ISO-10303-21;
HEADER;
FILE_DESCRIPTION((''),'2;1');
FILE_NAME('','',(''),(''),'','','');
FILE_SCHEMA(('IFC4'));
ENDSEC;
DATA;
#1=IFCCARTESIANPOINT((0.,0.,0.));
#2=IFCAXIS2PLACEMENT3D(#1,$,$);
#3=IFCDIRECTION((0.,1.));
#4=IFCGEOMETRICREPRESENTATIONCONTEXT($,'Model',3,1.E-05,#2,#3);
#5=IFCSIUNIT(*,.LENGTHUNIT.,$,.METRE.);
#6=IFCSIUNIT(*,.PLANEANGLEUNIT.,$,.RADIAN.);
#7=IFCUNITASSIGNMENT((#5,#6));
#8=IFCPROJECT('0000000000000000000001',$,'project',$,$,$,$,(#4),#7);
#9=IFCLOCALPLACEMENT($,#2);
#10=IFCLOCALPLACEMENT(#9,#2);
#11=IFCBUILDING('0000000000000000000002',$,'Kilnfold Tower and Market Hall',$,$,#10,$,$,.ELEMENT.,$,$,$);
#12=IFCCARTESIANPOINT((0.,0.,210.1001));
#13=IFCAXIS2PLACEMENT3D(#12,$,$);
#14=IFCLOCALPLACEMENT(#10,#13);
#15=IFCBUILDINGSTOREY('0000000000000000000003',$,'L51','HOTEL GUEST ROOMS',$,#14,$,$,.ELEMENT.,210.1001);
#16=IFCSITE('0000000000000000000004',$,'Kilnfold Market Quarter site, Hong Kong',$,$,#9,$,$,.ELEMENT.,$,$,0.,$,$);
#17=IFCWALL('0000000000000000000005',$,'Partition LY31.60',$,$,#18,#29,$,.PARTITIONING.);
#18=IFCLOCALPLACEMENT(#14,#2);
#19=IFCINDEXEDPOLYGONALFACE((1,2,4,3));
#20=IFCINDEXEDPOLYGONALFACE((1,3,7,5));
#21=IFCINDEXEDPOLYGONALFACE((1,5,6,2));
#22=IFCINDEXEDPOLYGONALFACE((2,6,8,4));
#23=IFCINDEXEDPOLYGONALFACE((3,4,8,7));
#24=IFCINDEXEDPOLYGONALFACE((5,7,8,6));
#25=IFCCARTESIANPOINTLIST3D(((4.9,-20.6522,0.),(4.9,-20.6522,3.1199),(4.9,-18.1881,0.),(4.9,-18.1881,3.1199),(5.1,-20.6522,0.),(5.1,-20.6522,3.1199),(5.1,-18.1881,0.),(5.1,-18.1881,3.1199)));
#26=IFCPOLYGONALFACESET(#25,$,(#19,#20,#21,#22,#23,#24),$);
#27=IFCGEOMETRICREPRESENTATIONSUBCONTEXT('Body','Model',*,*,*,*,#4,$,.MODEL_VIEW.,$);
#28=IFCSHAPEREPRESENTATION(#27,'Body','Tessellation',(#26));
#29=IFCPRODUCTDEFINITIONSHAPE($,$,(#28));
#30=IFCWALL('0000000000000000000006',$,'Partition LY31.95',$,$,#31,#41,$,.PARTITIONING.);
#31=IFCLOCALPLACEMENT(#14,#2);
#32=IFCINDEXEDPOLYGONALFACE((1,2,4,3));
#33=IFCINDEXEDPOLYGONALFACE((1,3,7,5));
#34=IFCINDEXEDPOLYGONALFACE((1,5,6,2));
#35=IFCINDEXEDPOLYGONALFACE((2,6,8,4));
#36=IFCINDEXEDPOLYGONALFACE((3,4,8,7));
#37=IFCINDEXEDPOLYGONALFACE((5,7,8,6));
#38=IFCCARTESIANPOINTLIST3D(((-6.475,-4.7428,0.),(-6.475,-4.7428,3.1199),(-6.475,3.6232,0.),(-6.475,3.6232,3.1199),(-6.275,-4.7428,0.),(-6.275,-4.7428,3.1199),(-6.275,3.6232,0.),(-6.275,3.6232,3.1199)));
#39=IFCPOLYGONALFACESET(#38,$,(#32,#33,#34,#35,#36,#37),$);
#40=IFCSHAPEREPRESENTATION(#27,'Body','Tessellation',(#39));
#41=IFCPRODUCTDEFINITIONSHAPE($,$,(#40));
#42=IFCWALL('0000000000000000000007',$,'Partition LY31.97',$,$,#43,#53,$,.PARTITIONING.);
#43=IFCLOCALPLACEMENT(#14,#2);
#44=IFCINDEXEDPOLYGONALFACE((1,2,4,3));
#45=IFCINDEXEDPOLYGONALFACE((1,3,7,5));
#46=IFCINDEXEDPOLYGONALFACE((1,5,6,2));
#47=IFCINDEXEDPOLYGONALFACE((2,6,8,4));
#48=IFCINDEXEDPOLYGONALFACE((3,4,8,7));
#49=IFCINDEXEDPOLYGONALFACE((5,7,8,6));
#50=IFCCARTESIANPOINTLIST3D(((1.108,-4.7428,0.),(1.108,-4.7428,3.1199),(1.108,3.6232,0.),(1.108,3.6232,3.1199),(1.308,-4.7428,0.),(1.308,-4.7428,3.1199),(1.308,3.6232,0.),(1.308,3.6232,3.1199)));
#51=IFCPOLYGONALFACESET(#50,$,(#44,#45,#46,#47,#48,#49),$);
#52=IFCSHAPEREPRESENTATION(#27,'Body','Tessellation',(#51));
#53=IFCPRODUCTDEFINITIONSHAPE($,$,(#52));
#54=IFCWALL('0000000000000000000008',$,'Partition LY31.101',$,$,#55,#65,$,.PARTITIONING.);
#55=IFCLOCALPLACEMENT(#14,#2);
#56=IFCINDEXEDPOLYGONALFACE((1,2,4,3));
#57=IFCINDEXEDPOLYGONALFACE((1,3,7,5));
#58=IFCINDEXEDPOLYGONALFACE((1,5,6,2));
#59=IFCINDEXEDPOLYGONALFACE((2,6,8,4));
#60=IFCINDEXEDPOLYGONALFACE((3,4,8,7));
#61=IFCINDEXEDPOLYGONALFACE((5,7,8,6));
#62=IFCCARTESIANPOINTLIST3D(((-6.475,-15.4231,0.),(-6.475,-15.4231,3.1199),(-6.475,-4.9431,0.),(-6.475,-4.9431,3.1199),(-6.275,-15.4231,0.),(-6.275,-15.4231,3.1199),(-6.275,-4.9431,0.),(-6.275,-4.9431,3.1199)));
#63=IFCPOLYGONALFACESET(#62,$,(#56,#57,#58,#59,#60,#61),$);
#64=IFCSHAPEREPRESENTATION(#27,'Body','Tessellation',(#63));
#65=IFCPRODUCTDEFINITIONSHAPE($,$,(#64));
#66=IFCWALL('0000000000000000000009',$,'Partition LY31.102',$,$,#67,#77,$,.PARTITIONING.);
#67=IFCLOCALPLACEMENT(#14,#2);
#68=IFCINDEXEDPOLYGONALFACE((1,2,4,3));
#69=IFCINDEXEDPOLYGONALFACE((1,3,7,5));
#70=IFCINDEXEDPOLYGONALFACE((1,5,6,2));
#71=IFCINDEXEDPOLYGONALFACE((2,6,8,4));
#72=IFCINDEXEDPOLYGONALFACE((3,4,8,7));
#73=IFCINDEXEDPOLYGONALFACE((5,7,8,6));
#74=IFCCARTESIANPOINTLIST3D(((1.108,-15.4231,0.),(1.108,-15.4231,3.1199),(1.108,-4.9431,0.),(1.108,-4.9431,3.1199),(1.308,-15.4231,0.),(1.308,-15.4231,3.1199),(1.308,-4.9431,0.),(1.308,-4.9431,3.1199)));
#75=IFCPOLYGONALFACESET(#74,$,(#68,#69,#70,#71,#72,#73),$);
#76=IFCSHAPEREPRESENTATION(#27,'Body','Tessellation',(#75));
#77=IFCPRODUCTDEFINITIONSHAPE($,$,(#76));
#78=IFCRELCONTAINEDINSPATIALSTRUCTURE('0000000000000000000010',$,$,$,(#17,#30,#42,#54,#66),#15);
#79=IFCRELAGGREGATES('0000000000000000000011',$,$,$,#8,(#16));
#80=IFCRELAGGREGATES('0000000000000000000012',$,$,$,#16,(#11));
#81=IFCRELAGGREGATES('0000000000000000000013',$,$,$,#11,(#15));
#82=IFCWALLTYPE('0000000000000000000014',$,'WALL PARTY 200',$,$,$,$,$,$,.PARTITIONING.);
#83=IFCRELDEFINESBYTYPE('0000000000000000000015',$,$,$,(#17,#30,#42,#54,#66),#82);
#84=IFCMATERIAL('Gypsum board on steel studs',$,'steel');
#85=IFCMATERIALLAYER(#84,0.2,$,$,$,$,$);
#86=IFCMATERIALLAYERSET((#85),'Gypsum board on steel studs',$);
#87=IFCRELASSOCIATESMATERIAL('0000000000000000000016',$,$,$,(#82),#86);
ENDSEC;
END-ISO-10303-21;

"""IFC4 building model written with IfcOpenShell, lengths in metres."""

from ifc_helpers import new_model, si_unit, direction, frame, frame_2d, origin, place, context, subcontext, project, spatial, rectangle, extrude, material, layer, layer_set, type_object, element, save


model = new_model("IFC4")

# Units and contexts
model_context = context("Model", 3, precision=1e-05, world=origin(), true_north=direction((0.0, 1.0)))
body_context = subcontext(model_context, "Body", "Model", "MODEL_VIEW")
ifc_project = project(units=[si_unit("LENGTHUNIT", "METRE"), si_unit("PLANEANGLEUNIT", "RADIAN")], contexts=[model_context])

# Site, building, storey
site_placement = place(None, origin())
site = spatial("IfcSite", under=ifc_project, at=site_placement, Name="Kilnfold Market Quarter site, Hong Kong", CompositionType="ELEMENT", RefElevation=0.0)
building_placement = place(site_placement, origin())
building = spatial("IfcBuilding", under=site, at=building_placement, Name="Kilnfold Tower and Market Hall", CompositionType="ELEMENT")
storey_placement = place(building_placement, frame((0.0, 0.0, 210.1001)))
storey = spatial("IfcBuildingStorey", under=building, at=storey_placement, Name="L51", Description="HOTEL GUEST ROOMS", CompositionType="ELEMENT", Elevation=210.1001)

# Walls
ifc_material_1 = material(Name="Gypsum board on steel studs", Category="steel")
ifc_layer_1 = layer(ifc_material_1, 0.2)
ifc_layer_set_1 = layer_set([ifc_layer_1], Name="Gypsum board on steel studs")
wall_type_1 = type_object("IfcWallType", Name="WALL PARTY 200", PredefinedType="PARTITIONING", material=ifc_layer_set_1)
wall_1_placement = place(storey_placement, frame((5.0, -20.6521, 0.0), z_axis=(0.0, 0.0, 1.0), x_axis=(0.0, 1.0, 0.0)))
element("IfcWall", 1, at=wall_1_placement, inside=storey, type_object=wall_type_1, Name="Partition LY31.60", PredefinedType="PARTITIONING", context=body_context, shape_type="SweptSolid", body=[
    extrude(rectangle(XDim=2.4641, YDim=0.2, at=frame_2d((1.2319, 0.0))), origin(), (0.0, 0.0, 1.0), 3.1199),
])
for number, where, z_axis, x_axis, name in (
    (2, (-6.375, -4.7429, 0.0), (0.0, 0.0, 1.0), (0.0, 1.0, 0.0), "Partition LY31.95"),
    (3, (1.208, -4.7429, 0.0), (0.0, 0.0, 1.0), (0.0, 1.0, 0.0), "Partition LY31.97"),
):
    element("IfcWall", number, at=place(storey_placement, frame(where, z_axis=z_axis, x_axis=x_axis)), inside=storey, type_object=wall_type_1, Name=name, PredefinedType="PARTITIONING", context=body_context, shape_type="SweptSolid", body=[
        extrude(rectangle(XDim=8.366, YDim=0.2, at=frame_2d((4.1831, 0.0))), origin(), (0.0, 0.0, 1.0), 3.1199),
    ])
for number, where, z_axis, x_axis, name in (
    (4, (-6.375, -15.4231, 0.0), (0.0, 0.0, 1.0), (0.0, 1.0, 0.0), "Partition LY31.101"),
    (5, (1.208, -15.4231, 0.0), (0.0, 0.0, 1.0), (0.0, 1.0, 0.0), "Partition LY31.102"),
):
    element("IfcWall", number, at=place(storey_placement, frame(where, z_axis=z_axis, x_axis=x_axis)), inside=storey, type_object=wall_type_1, Name=name, PredefinedType="PARTITIONING", context=body_context, shape_type="SweptSolid", body=[
        extrude(rectangle(XDim=10.48, YDim=0.2, at=frame_2d((5.24, 0.0))), origin(), (0.0, 0.0, 1.0), 3.1199),
    ])

save(model, "model.ifc")
